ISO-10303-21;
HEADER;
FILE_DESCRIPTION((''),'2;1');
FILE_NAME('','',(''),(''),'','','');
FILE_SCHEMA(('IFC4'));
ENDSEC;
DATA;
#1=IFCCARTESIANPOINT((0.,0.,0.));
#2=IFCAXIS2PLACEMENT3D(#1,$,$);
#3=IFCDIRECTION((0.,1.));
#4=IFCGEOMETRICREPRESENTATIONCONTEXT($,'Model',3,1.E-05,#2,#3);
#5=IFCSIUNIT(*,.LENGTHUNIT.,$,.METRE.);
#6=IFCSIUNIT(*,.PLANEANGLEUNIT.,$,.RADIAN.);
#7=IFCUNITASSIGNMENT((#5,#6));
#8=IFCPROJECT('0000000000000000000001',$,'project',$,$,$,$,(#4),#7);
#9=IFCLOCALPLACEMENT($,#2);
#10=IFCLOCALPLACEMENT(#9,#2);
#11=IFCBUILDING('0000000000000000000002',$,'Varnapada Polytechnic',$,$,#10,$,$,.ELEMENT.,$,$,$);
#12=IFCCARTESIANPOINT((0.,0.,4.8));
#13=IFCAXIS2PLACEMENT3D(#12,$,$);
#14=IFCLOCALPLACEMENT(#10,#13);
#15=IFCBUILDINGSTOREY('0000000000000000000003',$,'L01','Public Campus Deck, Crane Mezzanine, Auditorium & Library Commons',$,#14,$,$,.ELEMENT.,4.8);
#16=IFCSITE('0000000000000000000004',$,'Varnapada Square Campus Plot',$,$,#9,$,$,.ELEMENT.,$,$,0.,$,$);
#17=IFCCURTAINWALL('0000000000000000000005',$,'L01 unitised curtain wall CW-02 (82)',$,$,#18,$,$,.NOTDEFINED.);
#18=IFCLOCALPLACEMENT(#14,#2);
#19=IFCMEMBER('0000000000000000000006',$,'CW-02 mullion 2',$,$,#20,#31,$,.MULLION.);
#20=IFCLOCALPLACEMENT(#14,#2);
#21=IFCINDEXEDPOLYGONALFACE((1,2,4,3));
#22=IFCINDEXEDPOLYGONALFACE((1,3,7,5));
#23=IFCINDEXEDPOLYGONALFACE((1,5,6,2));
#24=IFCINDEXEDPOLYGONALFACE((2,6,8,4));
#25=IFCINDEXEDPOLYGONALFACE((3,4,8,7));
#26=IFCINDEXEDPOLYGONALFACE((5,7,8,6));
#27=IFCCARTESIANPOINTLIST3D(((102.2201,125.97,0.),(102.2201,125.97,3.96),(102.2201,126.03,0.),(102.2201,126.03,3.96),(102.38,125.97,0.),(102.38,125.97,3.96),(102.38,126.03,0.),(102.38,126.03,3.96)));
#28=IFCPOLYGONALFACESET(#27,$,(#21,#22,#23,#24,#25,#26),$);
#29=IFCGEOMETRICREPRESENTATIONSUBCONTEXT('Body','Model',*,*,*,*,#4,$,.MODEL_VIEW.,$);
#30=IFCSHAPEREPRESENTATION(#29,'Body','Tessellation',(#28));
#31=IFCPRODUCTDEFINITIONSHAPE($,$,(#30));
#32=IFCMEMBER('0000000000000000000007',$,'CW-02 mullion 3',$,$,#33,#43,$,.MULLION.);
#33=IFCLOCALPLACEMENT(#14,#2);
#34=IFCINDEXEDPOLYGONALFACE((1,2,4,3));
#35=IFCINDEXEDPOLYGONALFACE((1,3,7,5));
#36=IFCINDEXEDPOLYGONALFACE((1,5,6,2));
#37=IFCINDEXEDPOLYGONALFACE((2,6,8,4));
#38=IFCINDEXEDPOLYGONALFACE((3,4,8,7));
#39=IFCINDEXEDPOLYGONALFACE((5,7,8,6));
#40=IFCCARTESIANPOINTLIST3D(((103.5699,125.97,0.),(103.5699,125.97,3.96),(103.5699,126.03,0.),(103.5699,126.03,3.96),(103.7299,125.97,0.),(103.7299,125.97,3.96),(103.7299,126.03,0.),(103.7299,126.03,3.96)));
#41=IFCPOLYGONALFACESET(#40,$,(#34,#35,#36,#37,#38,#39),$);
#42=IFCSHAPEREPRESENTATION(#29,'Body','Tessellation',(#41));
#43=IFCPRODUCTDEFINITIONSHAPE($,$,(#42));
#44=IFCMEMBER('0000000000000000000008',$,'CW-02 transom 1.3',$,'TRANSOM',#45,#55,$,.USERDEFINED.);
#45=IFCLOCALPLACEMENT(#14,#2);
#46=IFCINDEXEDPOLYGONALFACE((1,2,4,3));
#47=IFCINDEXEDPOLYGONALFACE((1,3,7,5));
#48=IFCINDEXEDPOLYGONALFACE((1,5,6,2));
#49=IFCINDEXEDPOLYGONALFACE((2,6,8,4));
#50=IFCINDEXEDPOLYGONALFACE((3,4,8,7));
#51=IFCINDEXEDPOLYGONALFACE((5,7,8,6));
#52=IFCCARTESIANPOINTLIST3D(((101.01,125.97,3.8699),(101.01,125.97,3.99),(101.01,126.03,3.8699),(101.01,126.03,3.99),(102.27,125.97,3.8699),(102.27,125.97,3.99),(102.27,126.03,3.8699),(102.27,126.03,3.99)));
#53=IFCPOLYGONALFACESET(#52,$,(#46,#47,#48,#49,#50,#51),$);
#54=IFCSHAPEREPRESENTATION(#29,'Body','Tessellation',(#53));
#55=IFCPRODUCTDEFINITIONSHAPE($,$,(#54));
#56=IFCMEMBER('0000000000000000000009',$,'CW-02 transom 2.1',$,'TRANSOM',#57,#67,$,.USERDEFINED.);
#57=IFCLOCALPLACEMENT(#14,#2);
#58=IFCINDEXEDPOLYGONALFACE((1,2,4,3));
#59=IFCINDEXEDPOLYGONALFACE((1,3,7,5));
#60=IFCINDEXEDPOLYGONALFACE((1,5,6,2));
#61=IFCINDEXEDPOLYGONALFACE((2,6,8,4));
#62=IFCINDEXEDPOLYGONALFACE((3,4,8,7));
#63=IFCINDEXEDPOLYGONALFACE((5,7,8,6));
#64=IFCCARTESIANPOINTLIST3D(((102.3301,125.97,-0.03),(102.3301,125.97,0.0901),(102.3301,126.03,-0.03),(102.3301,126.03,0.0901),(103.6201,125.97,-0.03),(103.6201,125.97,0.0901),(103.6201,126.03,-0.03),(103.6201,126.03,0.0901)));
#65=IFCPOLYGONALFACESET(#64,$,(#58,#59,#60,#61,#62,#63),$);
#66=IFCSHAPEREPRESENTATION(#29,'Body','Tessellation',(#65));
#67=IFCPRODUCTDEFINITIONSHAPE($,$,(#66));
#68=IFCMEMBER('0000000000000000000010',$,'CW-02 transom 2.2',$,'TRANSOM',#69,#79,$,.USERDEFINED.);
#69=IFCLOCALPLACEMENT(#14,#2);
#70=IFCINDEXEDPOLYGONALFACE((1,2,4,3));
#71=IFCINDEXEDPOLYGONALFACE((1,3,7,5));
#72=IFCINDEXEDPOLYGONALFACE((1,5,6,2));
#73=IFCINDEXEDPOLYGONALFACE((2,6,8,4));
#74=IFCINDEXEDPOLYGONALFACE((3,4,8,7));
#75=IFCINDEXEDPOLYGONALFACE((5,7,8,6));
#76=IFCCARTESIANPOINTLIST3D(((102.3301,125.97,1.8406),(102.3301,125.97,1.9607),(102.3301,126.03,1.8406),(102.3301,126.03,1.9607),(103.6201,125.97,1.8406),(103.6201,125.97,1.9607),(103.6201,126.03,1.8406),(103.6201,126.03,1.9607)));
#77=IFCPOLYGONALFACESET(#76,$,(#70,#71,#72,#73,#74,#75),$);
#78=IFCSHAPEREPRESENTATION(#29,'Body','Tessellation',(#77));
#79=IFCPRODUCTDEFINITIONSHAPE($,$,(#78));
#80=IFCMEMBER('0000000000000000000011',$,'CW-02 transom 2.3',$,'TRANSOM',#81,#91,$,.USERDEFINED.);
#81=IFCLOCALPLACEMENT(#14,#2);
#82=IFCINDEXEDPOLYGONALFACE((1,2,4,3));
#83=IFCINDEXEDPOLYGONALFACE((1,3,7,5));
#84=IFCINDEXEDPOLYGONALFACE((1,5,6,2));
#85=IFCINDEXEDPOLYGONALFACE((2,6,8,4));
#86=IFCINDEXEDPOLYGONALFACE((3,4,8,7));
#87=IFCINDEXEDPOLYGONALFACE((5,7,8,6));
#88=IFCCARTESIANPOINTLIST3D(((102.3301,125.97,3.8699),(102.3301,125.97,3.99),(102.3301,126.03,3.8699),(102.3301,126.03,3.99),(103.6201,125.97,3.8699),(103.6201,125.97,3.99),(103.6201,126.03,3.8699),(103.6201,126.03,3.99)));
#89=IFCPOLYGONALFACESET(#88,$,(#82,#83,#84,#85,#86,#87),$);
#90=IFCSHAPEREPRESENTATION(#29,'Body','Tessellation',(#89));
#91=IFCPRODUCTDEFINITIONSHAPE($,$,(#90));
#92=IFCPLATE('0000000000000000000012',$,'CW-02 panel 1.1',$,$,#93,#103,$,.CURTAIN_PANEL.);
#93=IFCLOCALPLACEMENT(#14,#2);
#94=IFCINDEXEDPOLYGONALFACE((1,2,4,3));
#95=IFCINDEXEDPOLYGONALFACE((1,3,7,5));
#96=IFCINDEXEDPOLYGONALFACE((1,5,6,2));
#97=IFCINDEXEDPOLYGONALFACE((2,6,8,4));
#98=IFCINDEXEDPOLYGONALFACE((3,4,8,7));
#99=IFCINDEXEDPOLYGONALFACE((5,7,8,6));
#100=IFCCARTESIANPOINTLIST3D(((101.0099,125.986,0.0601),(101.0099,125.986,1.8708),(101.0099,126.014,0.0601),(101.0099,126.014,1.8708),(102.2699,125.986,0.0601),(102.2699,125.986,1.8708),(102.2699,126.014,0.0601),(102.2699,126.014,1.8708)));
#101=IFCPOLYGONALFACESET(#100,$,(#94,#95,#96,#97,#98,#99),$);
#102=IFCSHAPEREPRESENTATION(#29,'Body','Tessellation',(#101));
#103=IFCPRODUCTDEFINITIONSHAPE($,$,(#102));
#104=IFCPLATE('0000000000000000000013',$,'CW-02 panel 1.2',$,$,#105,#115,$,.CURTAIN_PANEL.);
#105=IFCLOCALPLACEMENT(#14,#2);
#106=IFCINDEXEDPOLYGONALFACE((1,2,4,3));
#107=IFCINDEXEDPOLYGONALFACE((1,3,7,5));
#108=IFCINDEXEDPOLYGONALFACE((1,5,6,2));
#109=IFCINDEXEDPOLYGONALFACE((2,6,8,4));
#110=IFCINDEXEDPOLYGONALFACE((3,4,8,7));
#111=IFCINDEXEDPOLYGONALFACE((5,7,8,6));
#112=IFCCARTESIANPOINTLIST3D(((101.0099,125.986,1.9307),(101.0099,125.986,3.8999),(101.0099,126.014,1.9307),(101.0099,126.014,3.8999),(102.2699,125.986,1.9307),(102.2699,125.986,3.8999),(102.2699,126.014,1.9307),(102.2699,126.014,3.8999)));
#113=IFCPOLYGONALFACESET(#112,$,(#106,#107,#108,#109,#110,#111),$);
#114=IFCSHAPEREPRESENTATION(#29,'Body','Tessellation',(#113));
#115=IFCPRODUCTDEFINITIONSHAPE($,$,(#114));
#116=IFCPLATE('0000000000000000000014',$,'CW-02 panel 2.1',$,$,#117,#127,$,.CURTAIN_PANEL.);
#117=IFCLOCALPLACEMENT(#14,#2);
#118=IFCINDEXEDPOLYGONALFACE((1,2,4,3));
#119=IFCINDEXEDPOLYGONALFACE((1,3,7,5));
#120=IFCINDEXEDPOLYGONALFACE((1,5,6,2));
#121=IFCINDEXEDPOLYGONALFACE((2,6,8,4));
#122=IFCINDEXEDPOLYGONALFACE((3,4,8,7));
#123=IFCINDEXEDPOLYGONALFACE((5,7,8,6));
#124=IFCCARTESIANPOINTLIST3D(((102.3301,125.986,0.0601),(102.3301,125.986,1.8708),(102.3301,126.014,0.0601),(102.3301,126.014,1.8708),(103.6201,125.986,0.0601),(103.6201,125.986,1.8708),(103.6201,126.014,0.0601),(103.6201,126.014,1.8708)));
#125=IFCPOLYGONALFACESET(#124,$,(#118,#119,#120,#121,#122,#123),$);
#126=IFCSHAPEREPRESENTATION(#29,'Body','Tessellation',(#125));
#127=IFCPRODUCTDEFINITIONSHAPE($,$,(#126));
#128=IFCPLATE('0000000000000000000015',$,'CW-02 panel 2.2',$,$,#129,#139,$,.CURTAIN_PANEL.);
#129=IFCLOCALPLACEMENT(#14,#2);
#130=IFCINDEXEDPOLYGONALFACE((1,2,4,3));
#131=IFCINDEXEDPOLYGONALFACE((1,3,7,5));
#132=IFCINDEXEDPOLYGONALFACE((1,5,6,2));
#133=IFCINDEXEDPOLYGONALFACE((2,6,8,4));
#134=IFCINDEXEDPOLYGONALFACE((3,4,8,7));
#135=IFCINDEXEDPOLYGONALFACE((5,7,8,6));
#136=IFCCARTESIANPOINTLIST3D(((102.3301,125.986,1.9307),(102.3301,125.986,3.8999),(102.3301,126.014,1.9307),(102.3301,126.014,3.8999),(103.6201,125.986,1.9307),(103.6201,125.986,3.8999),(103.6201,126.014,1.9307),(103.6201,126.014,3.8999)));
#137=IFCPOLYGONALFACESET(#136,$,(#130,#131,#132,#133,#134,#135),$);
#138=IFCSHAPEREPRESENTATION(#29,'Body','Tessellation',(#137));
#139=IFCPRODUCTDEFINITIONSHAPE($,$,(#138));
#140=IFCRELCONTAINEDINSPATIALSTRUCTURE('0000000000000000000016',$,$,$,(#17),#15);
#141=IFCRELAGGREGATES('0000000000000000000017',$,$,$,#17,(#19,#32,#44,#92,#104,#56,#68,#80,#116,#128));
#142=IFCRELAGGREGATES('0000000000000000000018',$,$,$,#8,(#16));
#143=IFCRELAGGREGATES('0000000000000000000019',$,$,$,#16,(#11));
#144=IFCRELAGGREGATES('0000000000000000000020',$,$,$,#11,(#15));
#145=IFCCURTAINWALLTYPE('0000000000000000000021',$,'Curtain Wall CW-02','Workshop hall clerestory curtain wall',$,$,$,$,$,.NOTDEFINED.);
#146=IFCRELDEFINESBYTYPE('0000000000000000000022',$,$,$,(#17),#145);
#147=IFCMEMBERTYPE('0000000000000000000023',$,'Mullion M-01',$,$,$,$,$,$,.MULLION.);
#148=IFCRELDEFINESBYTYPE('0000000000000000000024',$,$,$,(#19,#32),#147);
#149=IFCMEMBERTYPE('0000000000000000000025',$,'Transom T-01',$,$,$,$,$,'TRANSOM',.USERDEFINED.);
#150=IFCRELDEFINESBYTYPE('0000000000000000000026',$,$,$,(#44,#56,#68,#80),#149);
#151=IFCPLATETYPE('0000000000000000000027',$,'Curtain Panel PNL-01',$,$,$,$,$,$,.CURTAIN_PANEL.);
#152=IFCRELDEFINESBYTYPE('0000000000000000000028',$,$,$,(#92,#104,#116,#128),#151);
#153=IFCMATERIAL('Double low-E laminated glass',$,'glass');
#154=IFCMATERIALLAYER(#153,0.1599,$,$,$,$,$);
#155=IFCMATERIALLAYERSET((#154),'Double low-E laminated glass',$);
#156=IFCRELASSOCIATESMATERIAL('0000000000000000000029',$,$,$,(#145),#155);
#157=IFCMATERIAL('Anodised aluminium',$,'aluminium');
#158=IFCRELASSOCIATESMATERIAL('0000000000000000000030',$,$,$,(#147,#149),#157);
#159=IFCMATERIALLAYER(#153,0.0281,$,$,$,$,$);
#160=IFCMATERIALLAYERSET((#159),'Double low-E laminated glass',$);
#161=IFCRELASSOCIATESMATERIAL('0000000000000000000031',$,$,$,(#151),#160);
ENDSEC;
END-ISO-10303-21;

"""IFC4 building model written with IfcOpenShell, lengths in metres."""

from ifc_helpers import new_model, si_unit, direction, frame, origin, origin_2d, place, context, subcontext, project, spatial, rectangle, extrude, material, layer, layer_set, material_profile, profile_set, type_object, element, aggregate, save


model = new_model("IFC4")

# Units and contexts
model_context = context("Model", 3, precision=1e-05, world=origin(), true_north=direction((0.0, 1.0)))
body_context = subcontext(model_context, "Body", "Model", "MODEL_VIEW")
ifc_project = project(units=[si_unit("LENGTHUNIT", "METRE"), si_unit("PLANEANGLEUNIT", "RADIAN")], contexts=[model_context])

# Site, building, storey
site_placement = place(None, origin())
site = spatial("IfcSite", under=ifc_project, at=site_placement, Name="Varnapada Square Campus Plot", CompositionType="ELEMENT", RefElevation=0.0)
building_placement = place(site_placement, origin())
building = spatial("IfcBuilding", under=site, at=building_placement, Name="Varnapada Polytechnic", CompositionType="ELEMENT")
storey_placement = place(building_placement, frame((0.0, 0.0, 4.8)))
storey = spatial("IfcBuildingStorey", under=building, at=storey_placement, Name="L01", Description="Public Campus Deck, Crane Mezzanine, Auditorium & Library Commons", CompositionType="ELEMENT", Elevation=4.8)

# Curtain wall, members, plates
ifc_material_1 = material(Name="Double low-E laminated glass", Category="glass")
ifc_layer_1 = layer(ifc_material_1, 0.1599)
ifc_layer_set_1 = layer_set([ifc_layer_1], Name="Double low-E laminated glass")
curtain_wall_type = type_object("IfcCurtainWallType", Name="Curtain Wall CW-02", Description="Workshop hall clerestory curtain wall", PredefinedType="NOTDEFINED", material=ifc_layer_set_1)
curtain_wall_placement = place(storey_placement, origin())
curtain_wall = element("IfcCurtainWall", 1, at=curtain_wall_placement, inside=storey, type_object=curtain_wall_type, Name="L01 unitised curtain wall CW-02 (82)", PredefinedType="NOTDEFINED")
ifc_material_2 = material(Name="Anodised aluminium", Category="aluminium")
ifc_material_profile_1 = material_profile(ifc_material_2, rectangle(XDim=0.0601, YDim=0.1599, at=origin_2d()), Name="ALU M60x160")
ifc_profile_set_1 = profile_set([ifc_material_profile_1], Name="Anodised aluminium")
member_type_1 = type_object("IfcMemberType", Name="Mullion M-01", PredefinedType="MULLION", material=ifc_profile_set_1)
member_1_placement = place(storey_placement, frame((102.3, 126.0, 0.0), z_axis=(0.0, 0.0, 1.0), x_axis=(0.0, 1.0, 0.0)))
member_1 = element("IfcMember", 2, at=member_1_placement, type_object=member_type_1, Name="CW-02 mullion 2", PredefinedType="MULLION", context=body_context, shape_type="SweptSolid", body=[
    extrude(rectangle(XDim=0.0601, YDim=0.1599, at=origin_2d()), origin(), (0.0, 0.0, 1.0), 3.96),
])
member_2_placement = place(storey_placement, frame((103.6499, 126.0, 0.0), z_axis=(0.0, 0.0, 1.0), x_axis=(0.0, 1.0, 0.0)))
member_2 = element("IfcMember", 3, at=member_2_placement, type_object=member_type_1, Name="CW-02 mullion 3", PredefinedType="MULLION", context=body_context, shape_type="SweptSolid", body=[
    extrude(rectangle(XDim=0.0601, YDim=0.1599, at=origin_2d()), origin(), (0.0, 0.0, 1.0), 3.96),
])
ifc_material_profile_2 = material_profile(ifc_material_2, rectangle(XDim=0.0601, YDim=0.1201, at=origin_2d()), Name="ALU T60x120")
ifc_profile_set_2 = profile_set([ifc_material_profile_2], Name="Anodised aluminium")
member_type_2 = type_object("IfcMemberType", Name="Transom T-01", ElementType="TRANSOM", PredefinedType="USERDEFINED", material=ifc_profile_set_2)
member_3_placement = place(storey_placement, frame((101.01, 126.0, 3.9299), z_axis=(1.0, 0.0, 0.0), x_axis=(0.0, 1.0, 0.0)))
member_3 = element("IfcMember", 4, at=member_3_placement, type_object=member_type_2, Name="CW-02 transom 1.3", ObjectType="TRANSOM", PredefinedType="USERDEFINED", context=body_context, shape_type="SweptSolid", body=[
    extrude(rectangle(XDim=0.0601, YDim=0.1201, at=origin_2d()), origin(), (0.0, 0.0, 1.0), 1.26),
])
member_4_placement = place(storey_placement, frame((102.3301, 126.0, 0.03), z_axis=(1.0, 0.0, 0.0), x_axis=(0.0, 1.0, 0.0)))
member_4 = element("IfcMember", 5, at=member_4_placement, type_object=member_type_2, Name="CW-02 transom 2.1", ObjectType="TRANSOM", PredefinedType="USERDEFINED", context=body_context, shape_type="SweptSolid", body=[
    extrude(rectangle(XDim=0.0601, YDim=0.1201, at=origin_2d()), origin(), (0.0, 0.0, 1.0), 1.29),
])
member_5_placement = place(storey_placement, frame((102.3301, 126.0, 1.9006), z_axis=(1.0, 0.0, 0.0), x_axis=(0.0, 1.0, 0.0)))
member_5 = element("IfcMember", 6, at=member_5_placement, type_object=member_type_2, Name="CW-02 transom 2.2", ObjectType="TRANSOM", PredefinedType="USERDEFINED", context=body_context, shape_type="SweptSolid", body=[
    extrude(rectangle(XDim=0.0601, YDim=0.1201, at=origin_2d()), origin(), (0.0, 0.0, 1.0), 1.29),
])
member_6_placement = place(storey_placement, frame((102.3301, 126.0, 3.9299), z_axis=(1.0, 0.0, 0.0), x_axis=(0.0, 1.0, 0.0)))
member_6 = element("IfcMember", 7, at=member_6_placement, type_object=member_type_2, Name="CW-02 transom 2.3", ObjectType="TRANSOM", PredefinedType="USERDEFINED", context=body_context, shape_type="SweptSolid", body=[
    extrude(rectangle(XDim=0.0601, YDim=0.1201, at=origin_2d()), origin(), (0.0, 0.0, 1.0), 1.29),
])
ifc_layer_2 = layer(ifc_material_1, 0.0281)
ifc_layer_set_2 = layer_set([ifc_layer_2], Name="Double low-E laminated glass")
plate_type = type_object("IfcPlateType", Name="Curtain Panel PNL-01", PredefinedType="CURTAIN_PANEL", material=ifc_layer_set_2)
plate_1_placement = place(storey_placement, frame((101.6399, 126.0, 0.0601), z_axis=(0.0, 0.0, 1.0), x_axis=(1.0, 0.0, 0.0)))
plate_1 = element("IfcPlate", 8, at=plate_1_placement, type_object=plate_type, Name="CW-02 panel 1.1", PredefinedType="CURTAIN_PANEL", context=body_context, shape_type="SweptSolid", body=[
    extrude(rectangle(XDim=1.26, YDim=0.0281, at=origin_2d()), origin(), (0.0, 0.0, 1.0), 1.8108),
])
plate_2_placement = place(storey_placement, frame((101.6399, 126.0, 1.9307), z_axis=(0.0, 0.0, 1.0), x_axis=(1.0, 0.0, 0.0)))
plate_2 = element("IfcPlate", 9, at=plate_2_placement, type_object=plate_type, Name="CW-02 panel 1.2", PredefinedType="CURTAIN_PANEL", context=body_context, shape_type="SweptSolid", body=[
    extrude(rectangle(XDim=1.26, YDim=0.0281, at=origin_2d()), origin(), (0.0, 0.0, 1.0), 1.9692),
])
plate_3_placement = place(storey_placement, frame((102.9751, 126.0, 0.0601), z_axis=(0.0, 0.0, 1.0), x_axis=(1.0, 0.0, 0.0)))
plate_3 = element("IfcPlate", 10, at=plate_3_placement, type_object=plate_type, Name="CW-02 panel 2.1", PredefinedType="CURTAIN_PANEL", context=body_context, shape_type="SweptSolid", body=[
    extrude(rectangle(XDim=1.29, YDim=0.0281, at=origin_2d()), origin(), (0.0, 0.0, 1.0), 1.8108),
])
plate_4_placement = place(storey_placement, frame((102.9751, 126.0, 1.9307), z_axis=(0.0, 0.0, 1.0), x_axis=(1.0, 0.0, 0.0)))
plate_4 = element("IfcPlate", 11, at=plate_4_placement, type_object=plate_type, Name="CW-02 panel 2.2", PredefinedType="CURTAIN_PANEL", context=body_context, shape_type="SweptSolid", body=[
    extrude(rectangle(XDim=1.29, YDim=0.0281, at=origin_2d()), origin(), (0.0, 0.0, 1.0), 1.9692),
])
aggregate(curtain_wall, [member_1, member_2, member_3, plate_1, plate_2, member_4, member_5, member_6, plate_3, plate_4])

save(model, "model.ifc")
